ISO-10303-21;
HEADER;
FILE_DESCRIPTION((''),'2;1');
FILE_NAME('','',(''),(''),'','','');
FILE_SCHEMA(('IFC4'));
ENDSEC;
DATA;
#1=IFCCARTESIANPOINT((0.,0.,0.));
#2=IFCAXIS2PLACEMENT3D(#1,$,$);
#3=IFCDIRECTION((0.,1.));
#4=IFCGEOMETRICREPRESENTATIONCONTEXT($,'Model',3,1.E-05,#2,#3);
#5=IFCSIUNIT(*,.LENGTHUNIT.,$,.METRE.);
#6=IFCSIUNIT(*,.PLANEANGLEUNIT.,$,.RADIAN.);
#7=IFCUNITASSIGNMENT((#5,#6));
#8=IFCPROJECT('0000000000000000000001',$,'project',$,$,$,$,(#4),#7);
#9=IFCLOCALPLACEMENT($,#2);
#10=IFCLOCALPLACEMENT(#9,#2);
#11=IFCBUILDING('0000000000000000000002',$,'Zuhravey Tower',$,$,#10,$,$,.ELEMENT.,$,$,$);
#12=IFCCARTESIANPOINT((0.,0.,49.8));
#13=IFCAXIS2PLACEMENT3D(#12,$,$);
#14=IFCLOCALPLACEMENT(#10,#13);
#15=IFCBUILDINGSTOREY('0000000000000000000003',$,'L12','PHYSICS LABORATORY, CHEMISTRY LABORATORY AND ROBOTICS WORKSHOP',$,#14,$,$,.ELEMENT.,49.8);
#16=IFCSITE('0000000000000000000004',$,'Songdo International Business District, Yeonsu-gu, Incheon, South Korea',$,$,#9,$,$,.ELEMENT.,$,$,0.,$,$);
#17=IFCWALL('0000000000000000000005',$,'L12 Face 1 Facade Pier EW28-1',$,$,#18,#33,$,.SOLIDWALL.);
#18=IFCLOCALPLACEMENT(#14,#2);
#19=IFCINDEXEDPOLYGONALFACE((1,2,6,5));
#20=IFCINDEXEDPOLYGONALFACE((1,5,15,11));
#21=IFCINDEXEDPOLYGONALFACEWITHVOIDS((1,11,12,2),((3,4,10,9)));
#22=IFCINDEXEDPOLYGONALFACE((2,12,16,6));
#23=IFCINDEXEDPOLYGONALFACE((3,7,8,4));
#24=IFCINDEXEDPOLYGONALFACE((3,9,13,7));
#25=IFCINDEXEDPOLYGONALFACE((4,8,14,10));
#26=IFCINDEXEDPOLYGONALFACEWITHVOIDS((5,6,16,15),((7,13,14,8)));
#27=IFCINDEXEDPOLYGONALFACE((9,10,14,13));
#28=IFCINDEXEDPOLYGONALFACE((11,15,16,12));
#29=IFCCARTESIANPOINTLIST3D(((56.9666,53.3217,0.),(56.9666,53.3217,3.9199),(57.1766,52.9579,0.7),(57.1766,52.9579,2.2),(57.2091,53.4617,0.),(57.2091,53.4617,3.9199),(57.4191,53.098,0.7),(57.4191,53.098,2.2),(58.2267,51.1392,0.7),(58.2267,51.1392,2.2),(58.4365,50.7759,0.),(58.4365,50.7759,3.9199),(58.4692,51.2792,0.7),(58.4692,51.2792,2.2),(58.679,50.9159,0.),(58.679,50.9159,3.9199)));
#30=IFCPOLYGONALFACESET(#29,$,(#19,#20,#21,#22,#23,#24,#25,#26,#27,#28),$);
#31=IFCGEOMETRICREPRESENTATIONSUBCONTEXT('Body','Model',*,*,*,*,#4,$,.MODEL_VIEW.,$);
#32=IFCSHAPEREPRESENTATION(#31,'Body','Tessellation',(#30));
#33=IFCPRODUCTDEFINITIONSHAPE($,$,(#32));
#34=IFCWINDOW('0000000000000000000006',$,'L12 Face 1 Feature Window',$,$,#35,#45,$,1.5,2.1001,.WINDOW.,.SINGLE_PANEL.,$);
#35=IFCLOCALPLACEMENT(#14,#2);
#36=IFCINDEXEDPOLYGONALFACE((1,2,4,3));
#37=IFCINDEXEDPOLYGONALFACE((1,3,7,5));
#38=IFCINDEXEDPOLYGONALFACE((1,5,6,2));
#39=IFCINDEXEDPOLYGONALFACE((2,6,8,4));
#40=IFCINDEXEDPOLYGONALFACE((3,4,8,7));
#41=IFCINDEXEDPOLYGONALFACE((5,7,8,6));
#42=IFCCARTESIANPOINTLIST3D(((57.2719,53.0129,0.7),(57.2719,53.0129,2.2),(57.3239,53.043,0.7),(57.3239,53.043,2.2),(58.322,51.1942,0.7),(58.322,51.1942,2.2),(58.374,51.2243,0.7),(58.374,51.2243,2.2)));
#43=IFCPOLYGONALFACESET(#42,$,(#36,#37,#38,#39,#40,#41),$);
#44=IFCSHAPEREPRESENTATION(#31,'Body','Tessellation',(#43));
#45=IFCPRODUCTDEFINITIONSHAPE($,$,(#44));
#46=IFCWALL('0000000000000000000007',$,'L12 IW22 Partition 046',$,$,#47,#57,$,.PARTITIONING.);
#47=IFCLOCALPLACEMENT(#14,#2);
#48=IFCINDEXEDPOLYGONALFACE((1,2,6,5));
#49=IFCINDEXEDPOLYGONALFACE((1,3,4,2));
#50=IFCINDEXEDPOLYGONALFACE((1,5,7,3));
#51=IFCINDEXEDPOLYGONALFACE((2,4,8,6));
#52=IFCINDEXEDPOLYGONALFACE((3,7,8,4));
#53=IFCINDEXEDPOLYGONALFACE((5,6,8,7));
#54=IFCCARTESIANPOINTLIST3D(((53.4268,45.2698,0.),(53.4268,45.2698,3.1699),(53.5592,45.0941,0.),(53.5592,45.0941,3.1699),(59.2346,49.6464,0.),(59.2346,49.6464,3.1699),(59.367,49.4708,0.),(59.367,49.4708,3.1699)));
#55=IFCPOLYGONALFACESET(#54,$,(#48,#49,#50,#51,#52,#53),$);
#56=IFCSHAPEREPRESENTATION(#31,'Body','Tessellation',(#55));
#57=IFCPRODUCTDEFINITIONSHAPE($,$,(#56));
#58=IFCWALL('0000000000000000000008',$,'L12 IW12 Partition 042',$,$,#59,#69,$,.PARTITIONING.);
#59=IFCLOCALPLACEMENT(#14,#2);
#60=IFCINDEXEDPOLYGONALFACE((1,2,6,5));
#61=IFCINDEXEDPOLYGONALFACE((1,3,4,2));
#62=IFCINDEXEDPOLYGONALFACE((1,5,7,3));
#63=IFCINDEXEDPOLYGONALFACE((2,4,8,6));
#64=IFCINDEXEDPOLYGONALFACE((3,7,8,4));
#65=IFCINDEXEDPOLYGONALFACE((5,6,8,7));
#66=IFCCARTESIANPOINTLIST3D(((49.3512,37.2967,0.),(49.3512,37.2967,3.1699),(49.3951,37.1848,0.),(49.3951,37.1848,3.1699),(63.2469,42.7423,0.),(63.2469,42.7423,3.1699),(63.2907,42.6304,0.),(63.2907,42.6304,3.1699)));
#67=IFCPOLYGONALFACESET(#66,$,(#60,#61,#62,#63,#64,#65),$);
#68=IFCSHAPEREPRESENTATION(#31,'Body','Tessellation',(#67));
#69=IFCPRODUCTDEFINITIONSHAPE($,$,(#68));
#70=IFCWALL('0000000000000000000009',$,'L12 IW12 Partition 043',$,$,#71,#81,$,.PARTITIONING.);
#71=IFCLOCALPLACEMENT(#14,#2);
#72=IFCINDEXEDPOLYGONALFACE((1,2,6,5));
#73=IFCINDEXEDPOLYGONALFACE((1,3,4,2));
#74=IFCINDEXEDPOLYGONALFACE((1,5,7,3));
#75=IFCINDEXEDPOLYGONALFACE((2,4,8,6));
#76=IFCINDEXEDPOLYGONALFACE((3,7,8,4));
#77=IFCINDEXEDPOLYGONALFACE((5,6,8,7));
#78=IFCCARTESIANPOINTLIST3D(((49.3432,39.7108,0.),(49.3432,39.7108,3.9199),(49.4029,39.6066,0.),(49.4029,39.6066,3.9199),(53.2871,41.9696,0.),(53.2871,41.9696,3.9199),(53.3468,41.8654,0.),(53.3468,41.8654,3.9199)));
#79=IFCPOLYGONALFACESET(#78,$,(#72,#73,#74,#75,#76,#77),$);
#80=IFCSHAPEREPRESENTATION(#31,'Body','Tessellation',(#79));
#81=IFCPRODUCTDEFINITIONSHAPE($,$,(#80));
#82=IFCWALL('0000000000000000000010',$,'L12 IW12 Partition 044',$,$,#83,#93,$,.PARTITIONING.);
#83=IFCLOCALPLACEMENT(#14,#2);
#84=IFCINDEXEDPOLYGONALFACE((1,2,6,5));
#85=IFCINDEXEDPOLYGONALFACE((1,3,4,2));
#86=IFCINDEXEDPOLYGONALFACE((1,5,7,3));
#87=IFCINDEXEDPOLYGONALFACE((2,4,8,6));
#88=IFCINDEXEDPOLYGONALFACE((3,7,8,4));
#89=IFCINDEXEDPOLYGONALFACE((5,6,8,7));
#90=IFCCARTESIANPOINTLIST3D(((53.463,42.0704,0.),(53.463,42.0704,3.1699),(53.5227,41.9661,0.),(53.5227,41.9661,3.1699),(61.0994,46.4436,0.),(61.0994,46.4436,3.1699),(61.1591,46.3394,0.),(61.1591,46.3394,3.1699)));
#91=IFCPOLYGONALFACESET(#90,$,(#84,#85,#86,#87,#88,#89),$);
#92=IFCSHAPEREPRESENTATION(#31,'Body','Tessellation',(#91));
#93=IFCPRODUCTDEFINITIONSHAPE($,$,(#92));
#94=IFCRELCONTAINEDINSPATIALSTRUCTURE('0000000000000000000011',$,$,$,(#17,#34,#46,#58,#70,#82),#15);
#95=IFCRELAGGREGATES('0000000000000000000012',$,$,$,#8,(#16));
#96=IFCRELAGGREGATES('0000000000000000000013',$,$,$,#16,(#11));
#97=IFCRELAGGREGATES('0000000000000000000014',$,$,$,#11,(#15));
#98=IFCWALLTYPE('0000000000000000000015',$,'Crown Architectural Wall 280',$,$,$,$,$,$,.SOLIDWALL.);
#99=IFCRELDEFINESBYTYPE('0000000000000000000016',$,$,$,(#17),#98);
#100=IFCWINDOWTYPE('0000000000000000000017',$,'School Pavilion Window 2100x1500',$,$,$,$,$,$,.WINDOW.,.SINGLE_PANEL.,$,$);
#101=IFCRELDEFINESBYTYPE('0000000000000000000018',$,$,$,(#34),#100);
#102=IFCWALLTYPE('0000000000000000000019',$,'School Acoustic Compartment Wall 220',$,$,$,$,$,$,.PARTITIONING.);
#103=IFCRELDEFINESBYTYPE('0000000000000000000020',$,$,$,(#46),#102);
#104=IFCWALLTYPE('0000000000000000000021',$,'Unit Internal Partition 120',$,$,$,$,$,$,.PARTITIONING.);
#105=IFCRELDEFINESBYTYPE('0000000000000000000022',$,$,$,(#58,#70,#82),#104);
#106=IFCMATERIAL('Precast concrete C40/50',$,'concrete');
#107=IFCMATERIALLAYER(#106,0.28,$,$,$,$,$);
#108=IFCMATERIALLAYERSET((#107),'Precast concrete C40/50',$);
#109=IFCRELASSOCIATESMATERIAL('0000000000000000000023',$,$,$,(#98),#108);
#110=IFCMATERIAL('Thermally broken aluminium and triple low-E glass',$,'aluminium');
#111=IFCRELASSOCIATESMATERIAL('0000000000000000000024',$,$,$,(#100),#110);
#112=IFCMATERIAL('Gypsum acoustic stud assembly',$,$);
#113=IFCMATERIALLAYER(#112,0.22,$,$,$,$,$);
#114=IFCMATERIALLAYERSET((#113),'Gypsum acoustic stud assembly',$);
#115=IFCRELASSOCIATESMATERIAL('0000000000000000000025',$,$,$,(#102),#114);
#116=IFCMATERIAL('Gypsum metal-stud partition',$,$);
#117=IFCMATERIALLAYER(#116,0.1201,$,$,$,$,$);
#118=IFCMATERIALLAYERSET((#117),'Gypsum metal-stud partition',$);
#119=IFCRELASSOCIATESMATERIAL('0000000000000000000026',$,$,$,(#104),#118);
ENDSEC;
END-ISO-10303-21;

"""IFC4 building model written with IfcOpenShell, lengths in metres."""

from ifc_helpers import new_model, si_unit, direction, frame, frame_2d, origin, place, context, subcontext, project, spatial, rectangle, extrude, material, layer, layer_set, type_object, element, fill, save


model = new_model("IFC4")

# Units and contexts
model_context = context("Model", 3, precision=1e-05, world=origin(), true_north=direction((0.0, 1.0)))
body_context = subcontext(model_context, "Body", "Model", "MODEL_VIEW")
ifc_project = project(units=[si_unit("LENGTHUNIT", "METRE"), si_unit("PLANEANGLEUNIT", "RADIAN")], contexts=[model_context])

# Site, building, storey
site_placement = place(None, origin())
site = spatial("IfcSite", under=ifc_project, at=site_placement, Name="Songdo International Business District, Yeonsu-gu, Incheon, South Korea", CompositionType="ELEMENT", RefElevation=0.0)
building_placement = place(site_placement, origin())
building = spatial("IfcBuilding", under=site, at=building_placement, Name="Zuhravey Tower", CompositionType="ELEMENT")
storey_placement = place(building_placement, frame((0.0, 0.0, 49.8)))
storey = spatial("IfcBuildingStorey", under=building, at=storey_placement, Name="L12", Description="PHYSICS LABORATORY, CHEMISTRY LABORATORY AND ROBOTICS WORKSHOP", CompositionType="ELEMENT", Elevation=49.8)

# Shared definitions
ifc_material_1 = material(Name="Precast concrete C40/50", Category="concrete")
ifc_layer_1 = layer(ifc_material_1, 0.28)
ifc_layer_set_1 = layer_set([ifc_layer_1], Name="Precast concrete C40/50")
wall_type_1 = type_object("IfcWallType", Name="Crown Architectural Wall 280", PredefinedType="SOLIDWALL", material=ifc_layer_set_1)

# Wall, opening, window
wall_1_placement = place(storey_placement, frame((57.0879, 53.3916, 0.0), z_axis=(0.0, 0.0, 1.0), x_axis=(0.500024, -0.866011, 0.0)))
wall_1 = element("IfcWall", 1, at=wall_1_placement, inside=storey, type_object=wall_type_1, Name="L12 Face 1 Facade Pier EW28-1", PredefinedType="SOLIDWALL", context=body_context, shape_type="SweptSolid", body=[
    extrude(rectangle(XDim=2.9397, YDim=0.28, at=frame_2d((1.4697, 0.0))), origin(), (0.0, 0.0, 1.0), 3.9199),
])
opening_1_placement = place(wall_1_placement, frame((0.4199, 0.0, 0.7)))
opening_1 = element("IfcOpeningElement", 2, at=opening_1_placement, cuts=wall_1, PredefinedType="OPENING", context=body_context, shape_type="SweptSolid", body=[
    extrude(rectangle(XDim=2.1001, YDim=1.5, at=frame_2d((1.05, 0.75))), frame((0.0, 0.1521, 0.0), z_axis=(0.0, -1.0, 0.0), x_axis=(1.0, 0.0, 0.0)), (0.0, 0.0, 1.0), 0.304),
])
ifc_material_2 = material(Name="Thermally broken aluminium and triple low-E glass", Category="aluminium")
window_type = type_object("IfcWindowType", Name="School Pavilion Window 2100x1500", PartitioningType="SINGLE_PANEL", PredefinedType="WINDOW", material=ifc_material_2)
window_placement = place(opening_1_placement, origin())
window = element("IfcWindow", 3, at=window_placement, inside=storey, type_object=window_type, Name="L12 Face 1 Feature Window", OverallHeight=1.5, OverallWidth=2.1001, PartitioningType="SINGLE_PANEL", PredefinedType="WINDOW", context=body_context, shape_type="SweptSolid", body=[
    extrude(rectangle(XDim=2.1001, YDim=1.5, at=frame_2d((1.05, 0.75))), frame((0.0, 0.03, 0.0), z_axis=(0.0, -1.0, 0.0), x_axis=(1.0, 0.0, 0.0)), (0.0, 0.0, 1.0), 0.0601),
])
fill(opening_1, window)

# Walls
ifc_material_3 = material(Name="Gypsum acoustic stud assembly")
ifc_layer_2 = layer(ifc_material_3, 0.22)
ifc_layer_set_2 = layer_set([ifc_layer_2], Name="Gypsum acoustic stud assembly")
wall_type_2 = type_object("IfcWallType", Name="School Acoustic Compartment Wall 220", PredefinedType="PARTITIONING", material=ifc_layer_set_2)
wall_2_placement = place(storey_placement, frame((53.4929, 45.1819, 0.0), z_axis=(0.0, 0.0, 1.0), x_axis=(0.798624, 0.60183, 0.0)))
element("IfcWall", 4, at=wall_2_placement, inside=storey, type_object=wall_type_2, Name="L12 IW22 Partition 046", PredefinedType="PARTITIONING", context=body_context, shape_type="SweptSolid", body=[
    extrude(rectangle(XDim=7.2722, YDim=0.22, at=frame_2d((3.6362, 0.0))), origin(), (0.0, 0.0, 1.0), 3.1699),
])
ifc_material_4 = material(Name="Gypsum metal-stud partition")
ifc_layer_3 = layer(ifc_material_4, 0.1201)
ifc_layer_set_3 = layer_set([ifc_layer_3], Name="Gypsum metal-stud partition")
wall_type_3 = type_object("IfcWallType", Name="Unit Internal Partition 120", PredefinedType="PARTITIONING", material=ifc_layer_set_3)
wall_3_placement = place(storey_placement, frame((49.373, 37.2407, 0.0), z_axis=(0.0, 0.0, 1.0), x_axis=(0.931057, 0.364875, 0.0)))
element("IfcWall", 5, at=wall_3_placement, inside=storey, type_object=wall_type_3, Name="L12 IW12 Partition 042", PredefinedType="PARTITIONING", context=body_context, shape_type="SweptSolid", body=[
    extrude(rectangle(XDim=14.9246, YDim=0.1201, at=frame_2d((7.4624, 0.0))), origin(), (0.0, 0.0, 1.0), 3.1699),
])
wall_4_placement = place(storey_placement, frame((49.373, 39.6587, 0.0), z_axis=(0.0, 0.0, 1.0), x_axis=(0.867753, 0.496995, 0.0)))
element("IfcWall", 6, at=wall_4_placement, inside=storey, type_object=wall_type_3, Name="L12 IW12 Partition 043", PredefinedType="PARTITIONING", context=body_context, shape_type="SweptSolid", body=[
    extrude(rectangle(XDim=4.5449, YDim=0.1201, at=frame_2d((2.2725, 0.0))), origin(), (0.0, 0.0, 1.0), 3.9199),
])
wall_5_placement = place(storey_placement, frame((53.4929, 42.0183, 0.0), z_axis=(0.0, 0.0, 1.0), x_axis=(0.867773, 0.49696, 0.0)))
element("IfcWall", 7, at=wall_5_placement, inside=storey, type_object=wall_type_3, Name="L12 IW12 Partition 044", PredefinedType="PARTITIONING", context=body_context, shape_type="SweptSolid", body=[
    extrude(rectangle(XDim=8.8, YDim=0.1201, at=frame_2d((4.3999, 0.0))), origin(), (0.0, 0.0, 1.0), 3.1699),
])

save(model, "model.ifc")
